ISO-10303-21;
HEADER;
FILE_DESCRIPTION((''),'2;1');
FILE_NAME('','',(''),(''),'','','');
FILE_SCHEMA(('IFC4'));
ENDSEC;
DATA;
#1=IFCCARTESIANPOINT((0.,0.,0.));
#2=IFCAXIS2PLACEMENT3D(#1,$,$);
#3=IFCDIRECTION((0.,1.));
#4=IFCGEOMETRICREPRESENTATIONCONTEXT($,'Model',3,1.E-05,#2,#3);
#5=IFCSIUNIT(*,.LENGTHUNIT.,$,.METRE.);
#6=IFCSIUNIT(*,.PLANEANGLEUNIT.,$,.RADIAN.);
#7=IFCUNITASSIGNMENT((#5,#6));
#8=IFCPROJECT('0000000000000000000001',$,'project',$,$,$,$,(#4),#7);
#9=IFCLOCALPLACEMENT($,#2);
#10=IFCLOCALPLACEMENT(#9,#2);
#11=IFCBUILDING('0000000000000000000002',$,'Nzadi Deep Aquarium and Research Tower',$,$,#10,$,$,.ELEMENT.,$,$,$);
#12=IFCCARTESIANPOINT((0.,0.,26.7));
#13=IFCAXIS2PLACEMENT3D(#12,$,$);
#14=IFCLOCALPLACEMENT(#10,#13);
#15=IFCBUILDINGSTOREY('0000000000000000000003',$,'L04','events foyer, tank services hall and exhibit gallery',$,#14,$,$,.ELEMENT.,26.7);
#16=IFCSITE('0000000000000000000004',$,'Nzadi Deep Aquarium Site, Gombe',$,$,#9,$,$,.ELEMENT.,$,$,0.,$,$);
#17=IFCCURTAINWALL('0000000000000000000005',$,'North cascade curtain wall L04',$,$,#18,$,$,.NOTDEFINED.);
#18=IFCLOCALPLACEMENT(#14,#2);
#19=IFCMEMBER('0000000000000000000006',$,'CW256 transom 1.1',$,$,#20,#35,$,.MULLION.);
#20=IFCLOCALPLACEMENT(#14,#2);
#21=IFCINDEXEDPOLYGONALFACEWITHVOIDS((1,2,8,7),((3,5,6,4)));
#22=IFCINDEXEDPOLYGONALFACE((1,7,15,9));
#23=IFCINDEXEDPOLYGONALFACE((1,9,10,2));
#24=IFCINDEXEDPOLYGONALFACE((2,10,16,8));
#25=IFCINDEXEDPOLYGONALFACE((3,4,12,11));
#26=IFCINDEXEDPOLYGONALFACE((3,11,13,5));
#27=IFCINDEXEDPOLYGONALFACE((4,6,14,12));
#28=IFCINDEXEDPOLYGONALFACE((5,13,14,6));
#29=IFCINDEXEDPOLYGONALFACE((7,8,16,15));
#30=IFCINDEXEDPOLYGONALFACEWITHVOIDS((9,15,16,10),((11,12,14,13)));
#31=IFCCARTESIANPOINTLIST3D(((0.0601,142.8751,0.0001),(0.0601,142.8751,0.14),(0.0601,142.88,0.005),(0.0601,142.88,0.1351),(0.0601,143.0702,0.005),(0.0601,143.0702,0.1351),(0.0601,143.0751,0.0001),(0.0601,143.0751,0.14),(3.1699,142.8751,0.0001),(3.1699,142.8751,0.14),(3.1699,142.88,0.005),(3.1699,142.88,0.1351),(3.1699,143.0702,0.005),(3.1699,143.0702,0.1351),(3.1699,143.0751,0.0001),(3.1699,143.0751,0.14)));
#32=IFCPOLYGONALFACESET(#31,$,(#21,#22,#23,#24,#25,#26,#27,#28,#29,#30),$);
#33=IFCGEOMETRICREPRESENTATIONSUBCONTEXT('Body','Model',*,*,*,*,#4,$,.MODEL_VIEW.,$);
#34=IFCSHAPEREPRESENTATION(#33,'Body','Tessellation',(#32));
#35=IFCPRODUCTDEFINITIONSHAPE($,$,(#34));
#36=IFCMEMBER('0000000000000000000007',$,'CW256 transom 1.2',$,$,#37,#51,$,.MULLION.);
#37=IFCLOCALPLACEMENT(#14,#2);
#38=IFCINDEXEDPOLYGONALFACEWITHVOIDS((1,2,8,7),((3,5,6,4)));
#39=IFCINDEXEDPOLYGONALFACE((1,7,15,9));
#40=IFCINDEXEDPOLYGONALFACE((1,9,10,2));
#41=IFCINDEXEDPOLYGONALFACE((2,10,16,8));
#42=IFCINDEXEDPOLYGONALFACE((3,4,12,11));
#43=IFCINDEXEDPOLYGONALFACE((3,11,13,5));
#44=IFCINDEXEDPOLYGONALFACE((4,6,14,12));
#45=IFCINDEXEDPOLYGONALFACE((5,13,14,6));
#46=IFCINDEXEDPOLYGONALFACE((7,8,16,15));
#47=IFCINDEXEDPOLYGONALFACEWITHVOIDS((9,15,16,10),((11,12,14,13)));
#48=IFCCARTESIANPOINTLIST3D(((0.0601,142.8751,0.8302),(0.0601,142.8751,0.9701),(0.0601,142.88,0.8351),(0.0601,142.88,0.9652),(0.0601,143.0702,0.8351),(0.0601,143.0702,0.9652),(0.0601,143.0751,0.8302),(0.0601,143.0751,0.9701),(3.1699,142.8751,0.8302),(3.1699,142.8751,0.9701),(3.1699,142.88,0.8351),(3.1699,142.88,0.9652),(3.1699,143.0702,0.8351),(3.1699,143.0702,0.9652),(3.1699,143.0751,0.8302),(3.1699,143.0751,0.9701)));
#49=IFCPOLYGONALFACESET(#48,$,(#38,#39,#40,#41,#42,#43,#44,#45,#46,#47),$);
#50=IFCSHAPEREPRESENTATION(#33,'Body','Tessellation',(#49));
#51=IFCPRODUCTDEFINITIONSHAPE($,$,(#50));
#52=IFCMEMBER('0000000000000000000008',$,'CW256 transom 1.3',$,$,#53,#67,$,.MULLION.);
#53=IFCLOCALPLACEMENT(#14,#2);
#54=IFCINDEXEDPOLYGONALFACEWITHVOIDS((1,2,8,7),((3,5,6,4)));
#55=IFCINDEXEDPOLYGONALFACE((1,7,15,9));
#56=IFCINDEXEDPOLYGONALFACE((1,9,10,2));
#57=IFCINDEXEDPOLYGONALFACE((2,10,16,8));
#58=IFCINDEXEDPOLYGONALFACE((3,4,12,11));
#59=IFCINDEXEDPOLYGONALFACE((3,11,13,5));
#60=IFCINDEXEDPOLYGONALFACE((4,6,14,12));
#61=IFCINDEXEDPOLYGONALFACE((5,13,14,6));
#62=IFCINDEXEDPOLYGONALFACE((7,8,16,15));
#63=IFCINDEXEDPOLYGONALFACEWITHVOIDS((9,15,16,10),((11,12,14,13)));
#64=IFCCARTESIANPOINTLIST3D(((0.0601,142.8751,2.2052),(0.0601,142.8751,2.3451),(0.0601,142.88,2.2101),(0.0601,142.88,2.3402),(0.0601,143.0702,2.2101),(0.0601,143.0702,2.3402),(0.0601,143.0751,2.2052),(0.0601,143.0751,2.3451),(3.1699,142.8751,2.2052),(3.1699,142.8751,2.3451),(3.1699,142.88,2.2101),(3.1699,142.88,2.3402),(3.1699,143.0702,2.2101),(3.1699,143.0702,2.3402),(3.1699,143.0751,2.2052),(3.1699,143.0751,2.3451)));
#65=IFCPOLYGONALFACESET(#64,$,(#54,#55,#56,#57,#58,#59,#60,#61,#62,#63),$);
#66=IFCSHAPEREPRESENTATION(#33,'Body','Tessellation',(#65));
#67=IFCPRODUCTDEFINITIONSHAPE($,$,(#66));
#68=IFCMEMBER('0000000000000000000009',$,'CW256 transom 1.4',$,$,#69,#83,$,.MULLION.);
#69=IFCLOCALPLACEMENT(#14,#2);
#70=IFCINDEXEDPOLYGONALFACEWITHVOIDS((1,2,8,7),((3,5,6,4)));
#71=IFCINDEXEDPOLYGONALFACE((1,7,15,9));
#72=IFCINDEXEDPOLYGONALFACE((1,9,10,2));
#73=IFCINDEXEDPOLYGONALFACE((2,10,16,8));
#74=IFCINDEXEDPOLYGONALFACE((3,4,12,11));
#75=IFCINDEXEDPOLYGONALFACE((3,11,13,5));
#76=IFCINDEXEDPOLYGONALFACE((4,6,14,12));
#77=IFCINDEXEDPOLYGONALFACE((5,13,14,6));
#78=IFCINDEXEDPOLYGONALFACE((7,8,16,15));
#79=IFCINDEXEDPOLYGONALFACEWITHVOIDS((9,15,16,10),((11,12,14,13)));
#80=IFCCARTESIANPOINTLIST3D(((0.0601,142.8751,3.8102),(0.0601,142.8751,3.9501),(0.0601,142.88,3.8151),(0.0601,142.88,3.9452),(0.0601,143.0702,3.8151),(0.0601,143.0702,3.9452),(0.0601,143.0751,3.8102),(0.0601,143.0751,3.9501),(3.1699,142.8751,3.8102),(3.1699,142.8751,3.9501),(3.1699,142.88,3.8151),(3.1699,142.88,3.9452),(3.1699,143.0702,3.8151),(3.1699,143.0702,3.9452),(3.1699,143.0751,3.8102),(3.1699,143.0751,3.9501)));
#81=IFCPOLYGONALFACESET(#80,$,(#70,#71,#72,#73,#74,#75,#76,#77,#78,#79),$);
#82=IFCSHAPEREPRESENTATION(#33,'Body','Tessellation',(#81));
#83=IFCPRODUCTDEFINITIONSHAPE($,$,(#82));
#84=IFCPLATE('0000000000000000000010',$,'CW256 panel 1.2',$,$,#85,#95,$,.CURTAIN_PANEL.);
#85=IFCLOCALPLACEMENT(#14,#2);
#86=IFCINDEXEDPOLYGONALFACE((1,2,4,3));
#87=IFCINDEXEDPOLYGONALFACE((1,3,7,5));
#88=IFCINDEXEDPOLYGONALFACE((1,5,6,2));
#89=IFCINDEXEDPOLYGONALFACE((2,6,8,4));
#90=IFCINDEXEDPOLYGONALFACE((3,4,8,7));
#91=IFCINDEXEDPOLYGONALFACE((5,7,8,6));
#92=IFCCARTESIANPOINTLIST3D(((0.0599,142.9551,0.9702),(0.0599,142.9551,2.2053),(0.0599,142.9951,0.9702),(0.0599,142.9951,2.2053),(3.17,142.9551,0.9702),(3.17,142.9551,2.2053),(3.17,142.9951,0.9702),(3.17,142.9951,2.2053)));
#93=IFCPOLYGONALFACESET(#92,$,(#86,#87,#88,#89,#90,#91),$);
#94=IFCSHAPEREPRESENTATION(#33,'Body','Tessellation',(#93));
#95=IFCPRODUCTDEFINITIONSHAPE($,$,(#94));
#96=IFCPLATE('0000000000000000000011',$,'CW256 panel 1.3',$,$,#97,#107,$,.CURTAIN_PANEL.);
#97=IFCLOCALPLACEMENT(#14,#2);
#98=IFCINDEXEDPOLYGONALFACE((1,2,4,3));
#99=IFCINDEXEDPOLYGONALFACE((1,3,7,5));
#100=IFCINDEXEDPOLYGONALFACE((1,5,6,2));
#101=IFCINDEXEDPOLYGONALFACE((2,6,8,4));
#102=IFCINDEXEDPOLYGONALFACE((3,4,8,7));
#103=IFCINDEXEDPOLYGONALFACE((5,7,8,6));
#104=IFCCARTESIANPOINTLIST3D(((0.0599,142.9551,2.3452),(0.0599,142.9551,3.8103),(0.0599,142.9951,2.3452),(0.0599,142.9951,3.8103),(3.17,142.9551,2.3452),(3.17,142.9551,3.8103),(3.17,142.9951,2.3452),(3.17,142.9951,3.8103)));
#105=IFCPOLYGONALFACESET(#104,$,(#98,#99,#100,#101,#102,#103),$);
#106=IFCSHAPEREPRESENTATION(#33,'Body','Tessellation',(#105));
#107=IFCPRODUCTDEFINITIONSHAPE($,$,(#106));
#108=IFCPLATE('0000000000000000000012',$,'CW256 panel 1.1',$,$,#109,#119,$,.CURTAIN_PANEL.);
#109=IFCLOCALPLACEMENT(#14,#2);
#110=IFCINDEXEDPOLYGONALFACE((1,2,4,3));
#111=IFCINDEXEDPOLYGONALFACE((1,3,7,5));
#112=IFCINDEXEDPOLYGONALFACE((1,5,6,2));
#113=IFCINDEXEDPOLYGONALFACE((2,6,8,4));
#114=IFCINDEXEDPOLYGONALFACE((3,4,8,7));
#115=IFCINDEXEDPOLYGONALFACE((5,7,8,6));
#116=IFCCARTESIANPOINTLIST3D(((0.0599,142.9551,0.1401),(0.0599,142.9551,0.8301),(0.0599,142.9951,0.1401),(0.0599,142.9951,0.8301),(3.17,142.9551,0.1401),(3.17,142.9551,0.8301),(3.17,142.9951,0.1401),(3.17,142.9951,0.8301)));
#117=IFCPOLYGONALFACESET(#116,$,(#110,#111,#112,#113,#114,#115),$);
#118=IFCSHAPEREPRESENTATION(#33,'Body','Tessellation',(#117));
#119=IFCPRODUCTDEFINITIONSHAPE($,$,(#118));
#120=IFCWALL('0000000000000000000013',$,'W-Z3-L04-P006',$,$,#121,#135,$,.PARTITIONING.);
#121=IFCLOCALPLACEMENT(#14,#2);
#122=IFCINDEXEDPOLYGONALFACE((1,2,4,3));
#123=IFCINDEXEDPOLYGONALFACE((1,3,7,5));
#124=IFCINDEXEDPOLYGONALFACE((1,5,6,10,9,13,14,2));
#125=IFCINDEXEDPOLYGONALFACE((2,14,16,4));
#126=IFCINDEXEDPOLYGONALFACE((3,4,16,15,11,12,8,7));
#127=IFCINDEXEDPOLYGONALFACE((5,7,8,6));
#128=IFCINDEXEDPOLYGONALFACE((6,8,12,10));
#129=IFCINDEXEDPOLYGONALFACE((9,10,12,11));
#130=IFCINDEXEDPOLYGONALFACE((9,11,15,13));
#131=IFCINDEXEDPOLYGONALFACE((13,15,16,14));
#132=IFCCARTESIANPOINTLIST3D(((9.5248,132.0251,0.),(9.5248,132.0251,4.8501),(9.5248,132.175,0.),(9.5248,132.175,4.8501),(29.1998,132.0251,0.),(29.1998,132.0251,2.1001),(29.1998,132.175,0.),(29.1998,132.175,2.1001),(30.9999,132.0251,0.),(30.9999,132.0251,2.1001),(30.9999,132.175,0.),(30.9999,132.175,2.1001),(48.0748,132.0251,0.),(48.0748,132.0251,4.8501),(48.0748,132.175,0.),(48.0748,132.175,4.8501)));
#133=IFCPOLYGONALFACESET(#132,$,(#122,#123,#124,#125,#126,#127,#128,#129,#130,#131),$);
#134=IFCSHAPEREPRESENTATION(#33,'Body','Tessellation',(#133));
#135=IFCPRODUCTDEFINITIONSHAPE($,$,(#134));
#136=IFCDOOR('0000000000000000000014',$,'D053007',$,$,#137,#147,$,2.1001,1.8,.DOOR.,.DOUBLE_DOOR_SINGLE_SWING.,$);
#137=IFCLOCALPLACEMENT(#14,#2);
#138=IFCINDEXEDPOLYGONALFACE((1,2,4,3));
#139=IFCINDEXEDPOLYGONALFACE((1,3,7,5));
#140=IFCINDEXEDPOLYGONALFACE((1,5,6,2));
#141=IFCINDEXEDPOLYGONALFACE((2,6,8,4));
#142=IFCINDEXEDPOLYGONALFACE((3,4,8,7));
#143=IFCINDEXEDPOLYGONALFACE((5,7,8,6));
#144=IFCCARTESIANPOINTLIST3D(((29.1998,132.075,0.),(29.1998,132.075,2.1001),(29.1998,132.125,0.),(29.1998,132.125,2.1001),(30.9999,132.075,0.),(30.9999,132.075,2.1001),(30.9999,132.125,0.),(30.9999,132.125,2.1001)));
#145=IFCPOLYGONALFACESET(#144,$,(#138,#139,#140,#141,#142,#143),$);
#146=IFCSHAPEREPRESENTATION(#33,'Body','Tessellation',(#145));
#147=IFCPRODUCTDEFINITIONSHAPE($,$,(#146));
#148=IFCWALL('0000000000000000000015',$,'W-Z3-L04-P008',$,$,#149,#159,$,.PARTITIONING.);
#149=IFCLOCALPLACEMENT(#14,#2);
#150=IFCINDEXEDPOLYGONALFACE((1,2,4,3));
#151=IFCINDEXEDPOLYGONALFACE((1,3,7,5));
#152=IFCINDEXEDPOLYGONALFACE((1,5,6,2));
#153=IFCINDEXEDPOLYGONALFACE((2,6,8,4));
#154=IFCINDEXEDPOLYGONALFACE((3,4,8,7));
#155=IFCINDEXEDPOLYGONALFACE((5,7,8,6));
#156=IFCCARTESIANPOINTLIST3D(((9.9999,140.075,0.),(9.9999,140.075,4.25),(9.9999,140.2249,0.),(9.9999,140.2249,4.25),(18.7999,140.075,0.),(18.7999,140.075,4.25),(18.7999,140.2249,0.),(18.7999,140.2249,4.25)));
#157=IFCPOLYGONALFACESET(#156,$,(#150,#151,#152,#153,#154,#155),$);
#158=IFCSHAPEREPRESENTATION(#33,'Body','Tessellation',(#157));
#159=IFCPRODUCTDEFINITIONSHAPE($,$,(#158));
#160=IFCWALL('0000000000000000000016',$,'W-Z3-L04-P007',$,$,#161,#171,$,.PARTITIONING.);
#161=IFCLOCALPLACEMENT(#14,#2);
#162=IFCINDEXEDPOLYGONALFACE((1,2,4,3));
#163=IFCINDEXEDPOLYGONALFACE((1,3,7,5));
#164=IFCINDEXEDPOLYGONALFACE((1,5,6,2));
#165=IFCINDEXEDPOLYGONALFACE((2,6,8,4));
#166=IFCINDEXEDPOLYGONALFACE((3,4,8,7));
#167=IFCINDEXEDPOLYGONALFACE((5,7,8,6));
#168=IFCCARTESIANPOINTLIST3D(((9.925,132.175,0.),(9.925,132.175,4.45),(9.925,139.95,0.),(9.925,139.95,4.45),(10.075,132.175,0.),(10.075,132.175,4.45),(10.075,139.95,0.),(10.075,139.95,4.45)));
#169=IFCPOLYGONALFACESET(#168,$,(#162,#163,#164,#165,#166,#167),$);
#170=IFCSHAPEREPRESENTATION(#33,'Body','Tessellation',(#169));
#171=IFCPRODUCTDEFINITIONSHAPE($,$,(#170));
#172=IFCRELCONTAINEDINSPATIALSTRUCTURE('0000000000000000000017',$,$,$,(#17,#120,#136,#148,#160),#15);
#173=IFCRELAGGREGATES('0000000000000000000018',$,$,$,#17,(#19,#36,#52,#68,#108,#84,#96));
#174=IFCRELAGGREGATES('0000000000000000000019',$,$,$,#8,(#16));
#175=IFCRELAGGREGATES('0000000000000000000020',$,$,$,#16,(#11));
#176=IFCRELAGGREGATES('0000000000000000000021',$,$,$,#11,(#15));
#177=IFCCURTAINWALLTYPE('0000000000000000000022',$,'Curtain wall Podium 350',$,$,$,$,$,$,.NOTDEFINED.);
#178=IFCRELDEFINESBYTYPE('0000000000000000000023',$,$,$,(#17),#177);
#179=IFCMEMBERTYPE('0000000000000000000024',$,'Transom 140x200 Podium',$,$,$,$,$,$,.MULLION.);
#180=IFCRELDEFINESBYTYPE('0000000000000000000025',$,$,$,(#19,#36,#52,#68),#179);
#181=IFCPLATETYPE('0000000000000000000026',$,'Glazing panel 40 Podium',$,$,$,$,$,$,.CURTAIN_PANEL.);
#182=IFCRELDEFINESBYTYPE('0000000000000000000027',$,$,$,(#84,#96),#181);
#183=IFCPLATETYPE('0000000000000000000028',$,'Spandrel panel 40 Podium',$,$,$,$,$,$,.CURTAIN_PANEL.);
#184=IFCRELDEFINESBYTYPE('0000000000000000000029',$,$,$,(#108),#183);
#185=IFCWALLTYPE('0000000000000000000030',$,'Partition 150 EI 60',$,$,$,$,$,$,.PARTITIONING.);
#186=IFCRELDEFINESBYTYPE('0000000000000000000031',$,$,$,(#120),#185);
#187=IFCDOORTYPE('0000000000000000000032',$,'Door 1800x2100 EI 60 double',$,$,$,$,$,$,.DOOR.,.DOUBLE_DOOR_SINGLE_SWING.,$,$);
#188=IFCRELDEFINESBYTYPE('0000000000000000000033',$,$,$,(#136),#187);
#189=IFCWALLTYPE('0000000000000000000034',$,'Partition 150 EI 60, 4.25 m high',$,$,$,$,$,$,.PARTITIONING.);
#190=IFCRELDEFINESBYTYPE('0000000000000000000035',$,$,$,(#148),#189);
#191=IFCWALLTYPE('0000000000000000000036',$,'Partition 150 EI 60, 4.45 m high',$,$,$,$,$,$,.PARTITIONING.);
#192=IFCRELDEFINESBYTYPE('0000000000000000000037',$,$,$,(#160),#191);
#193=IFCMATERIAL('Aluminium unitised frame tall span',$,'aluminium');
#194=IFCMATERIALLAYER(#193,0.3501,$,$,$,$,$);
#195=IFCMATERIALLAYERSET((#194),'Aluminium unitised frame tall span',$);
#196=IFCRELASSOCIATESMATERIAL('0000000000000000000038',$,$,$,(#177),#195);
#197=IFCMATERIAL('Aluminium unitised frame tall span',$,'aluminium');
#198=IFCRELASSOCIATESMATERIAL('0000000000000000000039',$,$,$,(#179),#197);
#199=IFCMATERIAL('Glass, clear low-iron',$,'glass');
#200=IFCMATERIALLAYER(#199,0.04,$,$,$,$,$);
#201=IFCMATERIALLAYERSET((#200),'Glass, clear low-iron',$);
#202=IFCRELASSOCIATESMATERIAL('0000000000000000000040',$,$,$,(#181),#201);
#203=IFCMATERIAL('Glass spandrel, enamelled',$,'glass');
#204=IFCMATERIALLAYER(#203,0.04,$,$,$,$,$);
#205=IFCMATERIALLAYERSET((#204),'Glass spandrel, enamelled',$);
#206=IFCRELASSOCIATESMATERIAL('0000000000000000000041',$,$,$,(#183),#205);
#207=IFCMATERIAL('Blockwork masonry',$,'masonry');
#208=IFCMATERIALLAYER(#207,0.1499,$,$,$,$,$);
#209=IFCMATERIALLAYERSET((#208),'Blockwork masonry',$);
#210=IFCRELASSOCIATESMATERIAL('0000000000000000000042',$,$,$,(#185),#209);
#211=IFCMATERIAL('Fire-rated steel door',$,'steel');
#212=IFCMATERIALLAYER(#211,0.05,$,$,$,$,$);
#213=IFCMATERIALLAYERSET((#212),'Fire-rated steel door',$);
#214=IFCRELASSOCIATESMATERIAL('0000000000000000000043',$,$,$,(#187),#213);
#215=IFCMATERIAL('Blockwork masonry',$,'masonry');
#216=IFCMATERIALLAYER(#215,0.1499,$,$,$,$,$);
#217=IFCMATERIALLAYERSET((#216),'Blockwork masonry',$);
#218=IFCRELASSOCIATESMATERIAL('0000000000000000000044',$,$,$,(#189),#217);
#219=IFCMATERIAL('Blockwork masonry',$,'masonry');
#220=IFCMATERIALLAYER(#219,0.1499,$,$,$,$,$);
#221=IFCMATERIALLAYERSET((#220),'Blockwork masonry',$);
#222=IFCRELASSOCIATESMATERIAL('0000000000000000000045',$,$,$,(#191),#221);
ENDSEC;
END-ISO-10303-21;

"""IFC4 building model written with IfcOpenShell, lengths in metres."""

from ifc_helpers import new_model, si_unit, direction, frame, frame_2d, origin, origin_2d, place, context, subcontext, project, spatial, rectangle, hollow_rectangle, extrude, material, layer, layer_set, material_profile, profile_set, type_object, element, fill, aggregate, save


model = new_model("IFC4")

# Units and contexts
model_context = context("Model", 3, precision=1e-05, world=origin(), true_north=direction((0.0, 1.0)))
body_context = subcontext(model_context, "Body", "Model", "MODEL_VIEW")
ifc_project = project(units=[si_unit("LENGTHUNIT", "METRE"), si_unit("PLANEANGLEUNIT", "RADIAN")], contexts=[model_context])

# Site, building, storey
site_placement = place(None, origin())
site = spatial("IfcSite", under=ifc_project, at=site_placement, Name="Nzadi Deep Aquarium Site, Gombe", CompositionType="ELEMENT", RefElevation=0.0)
building_placement = place(site_placement, origin())
building = spatial("IfcBuilding", under=site, at=building_placement, Name="Nzadi Deep Aquarium and Research Tower", CompositionType="ELEMENT")
storey_placement = place(building_placement, frame((0.0, 0.0, 26.7)))
storey = spatial("IfcBuildingStorey", under=building, at=storey_placement, Name="L04", Description="events foyer, tank services hall and exhibit gallery", CompositionType="ELEMENT", Elevation=26.7)

# Curtain wall
ifc_material_1 = material(Name="Aluminium unitised frame tall span", Category="aluminium")
ifc_layer_1 = layer(ifc_material_1, 0.3501)
ifc_layer_set_1 = layer_set([ifc_layer_1], Name="Aluminium unitised frame tall span")
curtain_wall_type = type_object("IfcCurtainWallType", Name="Curtain wall Podium 350", PredefinedType="NOTDEFINED", material=ifc_layer_set_1)
curtain_wall_placement = place(storey_placement, origin())
curtain_wall = element("IfcCurtainWall", 1, at=curtain_wall_placement, inside=storey, type_object=curtain_wall_type, Name="North cascade curtain wall L04", PredefinedType="NOTDEFINED")

# Members
ifc_material_2 = material(Name="Aluminium unitised frame tall span", Category="aluminium")
ifc_material_profile_1 = material_profile(ifc_material_2, hollow_rectangle(XDim=0.2, YDim=0.1399, WallThickness=0.0049, at=origin_2d()))
ifc_profile_set_1 = profile_set([ifc_material_profile_1], Name="Aluminium unitised frame tall span")
member_type_1 = type_object("IfcMemberType", Name="Transom 140x200 Podium", PredefinedType="MULLION", material=ifc_profile_set_1)
member_1_placement = place(storey_placement, frame((0.0601, 142.9751, 0.0701), z_axis=(1.0, 0.0, 0.0), x_axis=(0.0, 1.0, 0.0)))
member_1 = element("IfcMember", 2, at=member_1_placement, type_object=member_type_1, Name="CW256 transom 1.1", PredefinedType="MULLION", context=body_context, shape_type="SweptSolid", body=[
    extrude(hollow_rectangle(XDim=0.2, YDim=0.1399, WallThickness=0.0049, at=origin_2d()), origin(), (0.0, 0.0, 1.0), 3.1099),
])
member_2_placement = place(storey_placement, frame((0.0601, 142.9751, 0.9001), z_axis=(1.0, 0.0, 0.0), x_axis=(0.0, 1.0, 0.0)))
member_2 = element("IfcMember", 3, at=member_2_placement, type_object=member_type_1, Name="CW256 transom 1.2", PredefinedType="MULLION", context=body_context, shape_type="SweptSolid", body=[
    extrude(hollow_rectangle(XDim=0.2, YDim=0.1399, WallThickness=0.0049, at=origin_2d()), origin(), (0.0, 0.0, 1.0), 3.1099),
])
member_3_placement = place(storey_placement, frame((0.0601, 142.9751, 2.2751), z_axis=(1.0, 0.0, 0.0), x_axis=(0.0, 1.0, 0.0)))
member_3 = element("IfcMember", 4, at=member_3_placement, type_object=member_type_1, Name="CW256 transom 1.3", PredefinedType="MULLION", context=body_context, shape_type="SweptSolid", body=[
    extrude(hollow_rectangle(XDim=0.2, YDim=0.1399, WallThickness=0.0049, at=origin_2d()), origin(), (0.0, 0.0, 1.0), 3.1099),
])
member_4_placement = place(storey_placement, frame((0.0601, 142.9751, 3.8801), z_axis=(1.0, 0.0, 0.0), x_axis=(0.0, 1.0, 0.0)))
member_4 = element("IfcMember", 5, at=member_4_placement, type_object=member_type_1, Name="CW256 transom 1.4", PredefinedType="MULLION", context=body_context, shape_type="SweptSolid", body=[
    extrude(hollow_rectangle(XDim=0.2, YDim=0.1399, WallThickness=0.0049, at=origin_2d()), origin(), (0.0, 0.0, 1.0), 3.1099),
])

# Plates
ifc_material_3 = material(Name="Glass, clear low-iron", Category="glass")
ifc_layer_2 = layer(ifc_material_3, 0.04)
ifc_layer_set_2 = layer_set([ifc_layer_2], Name="Glass, clear low-iron")
plate_type_1 = type_object("IfcPlateType", Name="Glazing panel 40 Podium", PredefinedType="CURTAIN_PANEL", material=ifc_layer_set_2)
plate_1_placement = place(storey_placement, frame((1.615, 142.9751, 0.9702), z_axis=(0.0, 0.0, 1.0), x_axis=(1.0, 0.0, 0.0)))
plate_1 = element("IfcPlate", 6, at=plate_1_placement, type_object=plate_type_1, Name="CW256 panel 1.2", PredefinedType="CURTAIN_PANEL", context=body_context, shape_type="SweptSolid", body=[
    extrude(rectangle(XDim=3.1101, YDim=0.04, at=origin_2d()), origin(), (0.0, 0.0, 1.0), 1.2351),
])
plate_2_placement = place(storey_placement, frame((1.615, 142.9751, 2.3452), z_axis=(0.0, 0.0, 1.0), x_axis=(1.0, 0.0, 0.0)))
plate_2 = element("IfcPlate", 7, at=plate_2_placement, type_object=plate_type_1, Name="CW256 panel 1.3", PredefinedType="CURTAIN_PANEL", context=body_context, shape_type="SweptSolid", body=[
    extrude(rectangle(XDim=3.1101, YDim=0.04, at=origin_2d()), origin(), (0.0, 0.0, 1.0), 1.4651),
])
ifc_material_4 = material(Name="Glass spandrel, enamelled", Category="glass")
ifc_layer_3 = layer(ifc_material_4, 0.04)
ifc_layer_set_3 = layer_set([ifc_layer_3], Name="Glass spandrel, enamelled")
plate_type_2 = type_object("IfcPlateType", Name="Spandrel panel 40 Podium", PredefinedType="CURTAIN_PANEL", material=ifc_layer_set_3)
plate_3_placement = place(storey_placement, frame((1.615, 142.9751, 0.1401), z_axis=(0.0, 0.0, 1.0), x_axis=(1.0, 0.0, 0.0)))
plate_3 = element("IfcPlate", 8, at=plate_3_placement, type_object=plate_type_2, Name="CW256 panel 1.1", PredefinedType="CURTAIN_PANEL", context=body_context, shape_type="SweptSolid", body=[
    extrude(rectangle(XDim=3.1101, YDim=0.04, at=origin_2d()), origin(), (0.0, 0.0, 1.0), 0.6899),
])
aggregate(curtain_wall, [member_1, member_2, member_3, member_4, plate_3, plate_1, plate_2])

# Wall, opening, door
ifc_material_5 = material(Name="Blockwork masonry", Category="masonry")
ifc_layer_4 = layer(ifc_material_5, 0.1499)
ifc_layer_set_4 = layer_set([ifc_layer_4], Name="Blockwork masonry")
wall_type_1 = type_object("IfcWallType", Name="Partition 150 EI 60", PredefinedType="PARTITIONING", material=ifc_layer_set_4)
wall_1_placement = place(storey_placement, frame((9.5249, 132.1001, 0.0), z_axis=(0.0, 0.0, 1.0), x_axis=(1.0, 0.0, 0.0)))
wall_1 = element("IfcWall", 9, at=wall_1_placement, inside=storey, type_object=wall_type_1, Name="W-Z3-L04-P006", PredefinedType="PARTITIONING", context=body_context, shape_type="SweptSolid", body=[
    extrude(rectangle(XDim=38.55, YDim=0.1499, at=frame_2d((19.2749, 0.0))), origin(), (0.0, 0.0, 1.0), 4.8501),
])
opening_placement = place(wall_1_placement, frame((19.675, 0.0, 0.0)))
opening = element("IfcOpeningElement", 10, at=opening_placement, cuts=wall_1, PredefinedType="OPENING", context=body_context, shape_type="SweptSolid", body=[
    extrude(rectangle(XDim=1.8, YDim=2.1001, at=frame_2d((0.8999, 1.05))), frame((0.0, 0.085, 0.0), z_axis=(0.0, -1.0, 0.0), x_axis=(1.0, 0.0, 0.0)), (0.0, 0.0, 1.0), 0.1699),
])
ifc_material_6 = material(Name="Fire-rated steel door", Category="steel")
ifc_layer_5 = layer(ifc_material_6, 0.05)
ifc_layer_set_5 = layer_set([ifc_layer_5], Name="Fire-rated steel door")
door_type = type_object("IfcDoorType", Name="Door 1800x2100 EI 60 double", OperationType="DOUBLE_DOOR_SINGLE_SWING", PredefinedType="DOOR", material=ifc_layer_set_5)
door_placement = place(opening_placement, origin())
door = element("IfcDoor", 11, at=door_placement, inside=storey, type_object=door_type, Name="D053007", OperationType="DOUBLE_DOOR_SINGLE_SWING", OverallHeight=2.1001, OverallWidth=1.8, PredefinedType="DOOR", context=body_context, shape_type="SweptSolid", body=[
    extrude(rectangle(XDim=1.8, YDim=2.1001, at=frame_2d((0.8999, 1.05))), frame((0.0, 0.0249, 0.0), z_axis=(0.0, -1.0, 0.0), x_axis=(1.0, 0.0, 0.0)), (0.0, 0.0, 1.0), 0.05),
])
fill(opening, door)

# Walls
ifc_material_7 = material(Name="Blockwork masonry", Category="masonry")
ifc_layer_6 = layer(ifc_material_7, 0.1499)
ifc_layer_set_6 = layer_set([ifc_layer_6], Name="Blockwork masonry")
wall_type_2 = type_object("IfcWallType", Name="Partition 150 EI 60, 4.25 m high", PredefinedType="PARTITIONING", material=ifc_layer_set_6)
wall_2_placement = place(storey_placement, frame((10.0, 140.1499, 0.0), z_axis=(0.0, 0.0, 1.0), x_axis=(1.0, 0.0, 0.0)))
element("IfcWall", 12, at=wall_2_placement, inside=storey, type_object=wall_type_2, Name="W-Z3-L04-P008", PredefinedType="PARTITIONING", context=body_context, shape_type="SweptSolid", body=[
    extrude(rectangle(XDim=8.8, YDim=0.1499, at=frame_2d((4.3999, 0.0))), origin(), (0.0, 0.0, 1.0), 4.25),
])
ifc_material_8 = material(Name="Blockwork masonry", Category="masonry")
ifc_layer_7 = layer(ifc_material_8, 0.1499)
ifc_layer_set_7 = layer_set([ifc_layer_7], Name="Blockwork masonry")
wall_type_3 = type_object("IfcWallType", Name="Partition 150 EI 60, 4.45 m high", PredefinedType="PARTITIONING", material=ifc_layer_set_7)
wall_3_placement = place(storey_placement, frame((10.0, 132.175, 0.0), z_axis=(0.0, 0.0, 1.0), x_axis=(0.0, 1.0, 0.0)))
element("IfcWall", 13, at=wall_3_placement, inside=storey, type_object=wall_type_3, Name="W-Z3-L04-P007", PredefinedType="PARTITIONING", context=body_context, shape_type="SweptSolid", body=[
    extrude(rectangle(XDim=7.7749, YDim=0.1499, at=frame_2d((3.8875, 0.0))), origin(), (0.0, 0.0, 1.0), 4.45),
])

save(model, "model.ifc")
